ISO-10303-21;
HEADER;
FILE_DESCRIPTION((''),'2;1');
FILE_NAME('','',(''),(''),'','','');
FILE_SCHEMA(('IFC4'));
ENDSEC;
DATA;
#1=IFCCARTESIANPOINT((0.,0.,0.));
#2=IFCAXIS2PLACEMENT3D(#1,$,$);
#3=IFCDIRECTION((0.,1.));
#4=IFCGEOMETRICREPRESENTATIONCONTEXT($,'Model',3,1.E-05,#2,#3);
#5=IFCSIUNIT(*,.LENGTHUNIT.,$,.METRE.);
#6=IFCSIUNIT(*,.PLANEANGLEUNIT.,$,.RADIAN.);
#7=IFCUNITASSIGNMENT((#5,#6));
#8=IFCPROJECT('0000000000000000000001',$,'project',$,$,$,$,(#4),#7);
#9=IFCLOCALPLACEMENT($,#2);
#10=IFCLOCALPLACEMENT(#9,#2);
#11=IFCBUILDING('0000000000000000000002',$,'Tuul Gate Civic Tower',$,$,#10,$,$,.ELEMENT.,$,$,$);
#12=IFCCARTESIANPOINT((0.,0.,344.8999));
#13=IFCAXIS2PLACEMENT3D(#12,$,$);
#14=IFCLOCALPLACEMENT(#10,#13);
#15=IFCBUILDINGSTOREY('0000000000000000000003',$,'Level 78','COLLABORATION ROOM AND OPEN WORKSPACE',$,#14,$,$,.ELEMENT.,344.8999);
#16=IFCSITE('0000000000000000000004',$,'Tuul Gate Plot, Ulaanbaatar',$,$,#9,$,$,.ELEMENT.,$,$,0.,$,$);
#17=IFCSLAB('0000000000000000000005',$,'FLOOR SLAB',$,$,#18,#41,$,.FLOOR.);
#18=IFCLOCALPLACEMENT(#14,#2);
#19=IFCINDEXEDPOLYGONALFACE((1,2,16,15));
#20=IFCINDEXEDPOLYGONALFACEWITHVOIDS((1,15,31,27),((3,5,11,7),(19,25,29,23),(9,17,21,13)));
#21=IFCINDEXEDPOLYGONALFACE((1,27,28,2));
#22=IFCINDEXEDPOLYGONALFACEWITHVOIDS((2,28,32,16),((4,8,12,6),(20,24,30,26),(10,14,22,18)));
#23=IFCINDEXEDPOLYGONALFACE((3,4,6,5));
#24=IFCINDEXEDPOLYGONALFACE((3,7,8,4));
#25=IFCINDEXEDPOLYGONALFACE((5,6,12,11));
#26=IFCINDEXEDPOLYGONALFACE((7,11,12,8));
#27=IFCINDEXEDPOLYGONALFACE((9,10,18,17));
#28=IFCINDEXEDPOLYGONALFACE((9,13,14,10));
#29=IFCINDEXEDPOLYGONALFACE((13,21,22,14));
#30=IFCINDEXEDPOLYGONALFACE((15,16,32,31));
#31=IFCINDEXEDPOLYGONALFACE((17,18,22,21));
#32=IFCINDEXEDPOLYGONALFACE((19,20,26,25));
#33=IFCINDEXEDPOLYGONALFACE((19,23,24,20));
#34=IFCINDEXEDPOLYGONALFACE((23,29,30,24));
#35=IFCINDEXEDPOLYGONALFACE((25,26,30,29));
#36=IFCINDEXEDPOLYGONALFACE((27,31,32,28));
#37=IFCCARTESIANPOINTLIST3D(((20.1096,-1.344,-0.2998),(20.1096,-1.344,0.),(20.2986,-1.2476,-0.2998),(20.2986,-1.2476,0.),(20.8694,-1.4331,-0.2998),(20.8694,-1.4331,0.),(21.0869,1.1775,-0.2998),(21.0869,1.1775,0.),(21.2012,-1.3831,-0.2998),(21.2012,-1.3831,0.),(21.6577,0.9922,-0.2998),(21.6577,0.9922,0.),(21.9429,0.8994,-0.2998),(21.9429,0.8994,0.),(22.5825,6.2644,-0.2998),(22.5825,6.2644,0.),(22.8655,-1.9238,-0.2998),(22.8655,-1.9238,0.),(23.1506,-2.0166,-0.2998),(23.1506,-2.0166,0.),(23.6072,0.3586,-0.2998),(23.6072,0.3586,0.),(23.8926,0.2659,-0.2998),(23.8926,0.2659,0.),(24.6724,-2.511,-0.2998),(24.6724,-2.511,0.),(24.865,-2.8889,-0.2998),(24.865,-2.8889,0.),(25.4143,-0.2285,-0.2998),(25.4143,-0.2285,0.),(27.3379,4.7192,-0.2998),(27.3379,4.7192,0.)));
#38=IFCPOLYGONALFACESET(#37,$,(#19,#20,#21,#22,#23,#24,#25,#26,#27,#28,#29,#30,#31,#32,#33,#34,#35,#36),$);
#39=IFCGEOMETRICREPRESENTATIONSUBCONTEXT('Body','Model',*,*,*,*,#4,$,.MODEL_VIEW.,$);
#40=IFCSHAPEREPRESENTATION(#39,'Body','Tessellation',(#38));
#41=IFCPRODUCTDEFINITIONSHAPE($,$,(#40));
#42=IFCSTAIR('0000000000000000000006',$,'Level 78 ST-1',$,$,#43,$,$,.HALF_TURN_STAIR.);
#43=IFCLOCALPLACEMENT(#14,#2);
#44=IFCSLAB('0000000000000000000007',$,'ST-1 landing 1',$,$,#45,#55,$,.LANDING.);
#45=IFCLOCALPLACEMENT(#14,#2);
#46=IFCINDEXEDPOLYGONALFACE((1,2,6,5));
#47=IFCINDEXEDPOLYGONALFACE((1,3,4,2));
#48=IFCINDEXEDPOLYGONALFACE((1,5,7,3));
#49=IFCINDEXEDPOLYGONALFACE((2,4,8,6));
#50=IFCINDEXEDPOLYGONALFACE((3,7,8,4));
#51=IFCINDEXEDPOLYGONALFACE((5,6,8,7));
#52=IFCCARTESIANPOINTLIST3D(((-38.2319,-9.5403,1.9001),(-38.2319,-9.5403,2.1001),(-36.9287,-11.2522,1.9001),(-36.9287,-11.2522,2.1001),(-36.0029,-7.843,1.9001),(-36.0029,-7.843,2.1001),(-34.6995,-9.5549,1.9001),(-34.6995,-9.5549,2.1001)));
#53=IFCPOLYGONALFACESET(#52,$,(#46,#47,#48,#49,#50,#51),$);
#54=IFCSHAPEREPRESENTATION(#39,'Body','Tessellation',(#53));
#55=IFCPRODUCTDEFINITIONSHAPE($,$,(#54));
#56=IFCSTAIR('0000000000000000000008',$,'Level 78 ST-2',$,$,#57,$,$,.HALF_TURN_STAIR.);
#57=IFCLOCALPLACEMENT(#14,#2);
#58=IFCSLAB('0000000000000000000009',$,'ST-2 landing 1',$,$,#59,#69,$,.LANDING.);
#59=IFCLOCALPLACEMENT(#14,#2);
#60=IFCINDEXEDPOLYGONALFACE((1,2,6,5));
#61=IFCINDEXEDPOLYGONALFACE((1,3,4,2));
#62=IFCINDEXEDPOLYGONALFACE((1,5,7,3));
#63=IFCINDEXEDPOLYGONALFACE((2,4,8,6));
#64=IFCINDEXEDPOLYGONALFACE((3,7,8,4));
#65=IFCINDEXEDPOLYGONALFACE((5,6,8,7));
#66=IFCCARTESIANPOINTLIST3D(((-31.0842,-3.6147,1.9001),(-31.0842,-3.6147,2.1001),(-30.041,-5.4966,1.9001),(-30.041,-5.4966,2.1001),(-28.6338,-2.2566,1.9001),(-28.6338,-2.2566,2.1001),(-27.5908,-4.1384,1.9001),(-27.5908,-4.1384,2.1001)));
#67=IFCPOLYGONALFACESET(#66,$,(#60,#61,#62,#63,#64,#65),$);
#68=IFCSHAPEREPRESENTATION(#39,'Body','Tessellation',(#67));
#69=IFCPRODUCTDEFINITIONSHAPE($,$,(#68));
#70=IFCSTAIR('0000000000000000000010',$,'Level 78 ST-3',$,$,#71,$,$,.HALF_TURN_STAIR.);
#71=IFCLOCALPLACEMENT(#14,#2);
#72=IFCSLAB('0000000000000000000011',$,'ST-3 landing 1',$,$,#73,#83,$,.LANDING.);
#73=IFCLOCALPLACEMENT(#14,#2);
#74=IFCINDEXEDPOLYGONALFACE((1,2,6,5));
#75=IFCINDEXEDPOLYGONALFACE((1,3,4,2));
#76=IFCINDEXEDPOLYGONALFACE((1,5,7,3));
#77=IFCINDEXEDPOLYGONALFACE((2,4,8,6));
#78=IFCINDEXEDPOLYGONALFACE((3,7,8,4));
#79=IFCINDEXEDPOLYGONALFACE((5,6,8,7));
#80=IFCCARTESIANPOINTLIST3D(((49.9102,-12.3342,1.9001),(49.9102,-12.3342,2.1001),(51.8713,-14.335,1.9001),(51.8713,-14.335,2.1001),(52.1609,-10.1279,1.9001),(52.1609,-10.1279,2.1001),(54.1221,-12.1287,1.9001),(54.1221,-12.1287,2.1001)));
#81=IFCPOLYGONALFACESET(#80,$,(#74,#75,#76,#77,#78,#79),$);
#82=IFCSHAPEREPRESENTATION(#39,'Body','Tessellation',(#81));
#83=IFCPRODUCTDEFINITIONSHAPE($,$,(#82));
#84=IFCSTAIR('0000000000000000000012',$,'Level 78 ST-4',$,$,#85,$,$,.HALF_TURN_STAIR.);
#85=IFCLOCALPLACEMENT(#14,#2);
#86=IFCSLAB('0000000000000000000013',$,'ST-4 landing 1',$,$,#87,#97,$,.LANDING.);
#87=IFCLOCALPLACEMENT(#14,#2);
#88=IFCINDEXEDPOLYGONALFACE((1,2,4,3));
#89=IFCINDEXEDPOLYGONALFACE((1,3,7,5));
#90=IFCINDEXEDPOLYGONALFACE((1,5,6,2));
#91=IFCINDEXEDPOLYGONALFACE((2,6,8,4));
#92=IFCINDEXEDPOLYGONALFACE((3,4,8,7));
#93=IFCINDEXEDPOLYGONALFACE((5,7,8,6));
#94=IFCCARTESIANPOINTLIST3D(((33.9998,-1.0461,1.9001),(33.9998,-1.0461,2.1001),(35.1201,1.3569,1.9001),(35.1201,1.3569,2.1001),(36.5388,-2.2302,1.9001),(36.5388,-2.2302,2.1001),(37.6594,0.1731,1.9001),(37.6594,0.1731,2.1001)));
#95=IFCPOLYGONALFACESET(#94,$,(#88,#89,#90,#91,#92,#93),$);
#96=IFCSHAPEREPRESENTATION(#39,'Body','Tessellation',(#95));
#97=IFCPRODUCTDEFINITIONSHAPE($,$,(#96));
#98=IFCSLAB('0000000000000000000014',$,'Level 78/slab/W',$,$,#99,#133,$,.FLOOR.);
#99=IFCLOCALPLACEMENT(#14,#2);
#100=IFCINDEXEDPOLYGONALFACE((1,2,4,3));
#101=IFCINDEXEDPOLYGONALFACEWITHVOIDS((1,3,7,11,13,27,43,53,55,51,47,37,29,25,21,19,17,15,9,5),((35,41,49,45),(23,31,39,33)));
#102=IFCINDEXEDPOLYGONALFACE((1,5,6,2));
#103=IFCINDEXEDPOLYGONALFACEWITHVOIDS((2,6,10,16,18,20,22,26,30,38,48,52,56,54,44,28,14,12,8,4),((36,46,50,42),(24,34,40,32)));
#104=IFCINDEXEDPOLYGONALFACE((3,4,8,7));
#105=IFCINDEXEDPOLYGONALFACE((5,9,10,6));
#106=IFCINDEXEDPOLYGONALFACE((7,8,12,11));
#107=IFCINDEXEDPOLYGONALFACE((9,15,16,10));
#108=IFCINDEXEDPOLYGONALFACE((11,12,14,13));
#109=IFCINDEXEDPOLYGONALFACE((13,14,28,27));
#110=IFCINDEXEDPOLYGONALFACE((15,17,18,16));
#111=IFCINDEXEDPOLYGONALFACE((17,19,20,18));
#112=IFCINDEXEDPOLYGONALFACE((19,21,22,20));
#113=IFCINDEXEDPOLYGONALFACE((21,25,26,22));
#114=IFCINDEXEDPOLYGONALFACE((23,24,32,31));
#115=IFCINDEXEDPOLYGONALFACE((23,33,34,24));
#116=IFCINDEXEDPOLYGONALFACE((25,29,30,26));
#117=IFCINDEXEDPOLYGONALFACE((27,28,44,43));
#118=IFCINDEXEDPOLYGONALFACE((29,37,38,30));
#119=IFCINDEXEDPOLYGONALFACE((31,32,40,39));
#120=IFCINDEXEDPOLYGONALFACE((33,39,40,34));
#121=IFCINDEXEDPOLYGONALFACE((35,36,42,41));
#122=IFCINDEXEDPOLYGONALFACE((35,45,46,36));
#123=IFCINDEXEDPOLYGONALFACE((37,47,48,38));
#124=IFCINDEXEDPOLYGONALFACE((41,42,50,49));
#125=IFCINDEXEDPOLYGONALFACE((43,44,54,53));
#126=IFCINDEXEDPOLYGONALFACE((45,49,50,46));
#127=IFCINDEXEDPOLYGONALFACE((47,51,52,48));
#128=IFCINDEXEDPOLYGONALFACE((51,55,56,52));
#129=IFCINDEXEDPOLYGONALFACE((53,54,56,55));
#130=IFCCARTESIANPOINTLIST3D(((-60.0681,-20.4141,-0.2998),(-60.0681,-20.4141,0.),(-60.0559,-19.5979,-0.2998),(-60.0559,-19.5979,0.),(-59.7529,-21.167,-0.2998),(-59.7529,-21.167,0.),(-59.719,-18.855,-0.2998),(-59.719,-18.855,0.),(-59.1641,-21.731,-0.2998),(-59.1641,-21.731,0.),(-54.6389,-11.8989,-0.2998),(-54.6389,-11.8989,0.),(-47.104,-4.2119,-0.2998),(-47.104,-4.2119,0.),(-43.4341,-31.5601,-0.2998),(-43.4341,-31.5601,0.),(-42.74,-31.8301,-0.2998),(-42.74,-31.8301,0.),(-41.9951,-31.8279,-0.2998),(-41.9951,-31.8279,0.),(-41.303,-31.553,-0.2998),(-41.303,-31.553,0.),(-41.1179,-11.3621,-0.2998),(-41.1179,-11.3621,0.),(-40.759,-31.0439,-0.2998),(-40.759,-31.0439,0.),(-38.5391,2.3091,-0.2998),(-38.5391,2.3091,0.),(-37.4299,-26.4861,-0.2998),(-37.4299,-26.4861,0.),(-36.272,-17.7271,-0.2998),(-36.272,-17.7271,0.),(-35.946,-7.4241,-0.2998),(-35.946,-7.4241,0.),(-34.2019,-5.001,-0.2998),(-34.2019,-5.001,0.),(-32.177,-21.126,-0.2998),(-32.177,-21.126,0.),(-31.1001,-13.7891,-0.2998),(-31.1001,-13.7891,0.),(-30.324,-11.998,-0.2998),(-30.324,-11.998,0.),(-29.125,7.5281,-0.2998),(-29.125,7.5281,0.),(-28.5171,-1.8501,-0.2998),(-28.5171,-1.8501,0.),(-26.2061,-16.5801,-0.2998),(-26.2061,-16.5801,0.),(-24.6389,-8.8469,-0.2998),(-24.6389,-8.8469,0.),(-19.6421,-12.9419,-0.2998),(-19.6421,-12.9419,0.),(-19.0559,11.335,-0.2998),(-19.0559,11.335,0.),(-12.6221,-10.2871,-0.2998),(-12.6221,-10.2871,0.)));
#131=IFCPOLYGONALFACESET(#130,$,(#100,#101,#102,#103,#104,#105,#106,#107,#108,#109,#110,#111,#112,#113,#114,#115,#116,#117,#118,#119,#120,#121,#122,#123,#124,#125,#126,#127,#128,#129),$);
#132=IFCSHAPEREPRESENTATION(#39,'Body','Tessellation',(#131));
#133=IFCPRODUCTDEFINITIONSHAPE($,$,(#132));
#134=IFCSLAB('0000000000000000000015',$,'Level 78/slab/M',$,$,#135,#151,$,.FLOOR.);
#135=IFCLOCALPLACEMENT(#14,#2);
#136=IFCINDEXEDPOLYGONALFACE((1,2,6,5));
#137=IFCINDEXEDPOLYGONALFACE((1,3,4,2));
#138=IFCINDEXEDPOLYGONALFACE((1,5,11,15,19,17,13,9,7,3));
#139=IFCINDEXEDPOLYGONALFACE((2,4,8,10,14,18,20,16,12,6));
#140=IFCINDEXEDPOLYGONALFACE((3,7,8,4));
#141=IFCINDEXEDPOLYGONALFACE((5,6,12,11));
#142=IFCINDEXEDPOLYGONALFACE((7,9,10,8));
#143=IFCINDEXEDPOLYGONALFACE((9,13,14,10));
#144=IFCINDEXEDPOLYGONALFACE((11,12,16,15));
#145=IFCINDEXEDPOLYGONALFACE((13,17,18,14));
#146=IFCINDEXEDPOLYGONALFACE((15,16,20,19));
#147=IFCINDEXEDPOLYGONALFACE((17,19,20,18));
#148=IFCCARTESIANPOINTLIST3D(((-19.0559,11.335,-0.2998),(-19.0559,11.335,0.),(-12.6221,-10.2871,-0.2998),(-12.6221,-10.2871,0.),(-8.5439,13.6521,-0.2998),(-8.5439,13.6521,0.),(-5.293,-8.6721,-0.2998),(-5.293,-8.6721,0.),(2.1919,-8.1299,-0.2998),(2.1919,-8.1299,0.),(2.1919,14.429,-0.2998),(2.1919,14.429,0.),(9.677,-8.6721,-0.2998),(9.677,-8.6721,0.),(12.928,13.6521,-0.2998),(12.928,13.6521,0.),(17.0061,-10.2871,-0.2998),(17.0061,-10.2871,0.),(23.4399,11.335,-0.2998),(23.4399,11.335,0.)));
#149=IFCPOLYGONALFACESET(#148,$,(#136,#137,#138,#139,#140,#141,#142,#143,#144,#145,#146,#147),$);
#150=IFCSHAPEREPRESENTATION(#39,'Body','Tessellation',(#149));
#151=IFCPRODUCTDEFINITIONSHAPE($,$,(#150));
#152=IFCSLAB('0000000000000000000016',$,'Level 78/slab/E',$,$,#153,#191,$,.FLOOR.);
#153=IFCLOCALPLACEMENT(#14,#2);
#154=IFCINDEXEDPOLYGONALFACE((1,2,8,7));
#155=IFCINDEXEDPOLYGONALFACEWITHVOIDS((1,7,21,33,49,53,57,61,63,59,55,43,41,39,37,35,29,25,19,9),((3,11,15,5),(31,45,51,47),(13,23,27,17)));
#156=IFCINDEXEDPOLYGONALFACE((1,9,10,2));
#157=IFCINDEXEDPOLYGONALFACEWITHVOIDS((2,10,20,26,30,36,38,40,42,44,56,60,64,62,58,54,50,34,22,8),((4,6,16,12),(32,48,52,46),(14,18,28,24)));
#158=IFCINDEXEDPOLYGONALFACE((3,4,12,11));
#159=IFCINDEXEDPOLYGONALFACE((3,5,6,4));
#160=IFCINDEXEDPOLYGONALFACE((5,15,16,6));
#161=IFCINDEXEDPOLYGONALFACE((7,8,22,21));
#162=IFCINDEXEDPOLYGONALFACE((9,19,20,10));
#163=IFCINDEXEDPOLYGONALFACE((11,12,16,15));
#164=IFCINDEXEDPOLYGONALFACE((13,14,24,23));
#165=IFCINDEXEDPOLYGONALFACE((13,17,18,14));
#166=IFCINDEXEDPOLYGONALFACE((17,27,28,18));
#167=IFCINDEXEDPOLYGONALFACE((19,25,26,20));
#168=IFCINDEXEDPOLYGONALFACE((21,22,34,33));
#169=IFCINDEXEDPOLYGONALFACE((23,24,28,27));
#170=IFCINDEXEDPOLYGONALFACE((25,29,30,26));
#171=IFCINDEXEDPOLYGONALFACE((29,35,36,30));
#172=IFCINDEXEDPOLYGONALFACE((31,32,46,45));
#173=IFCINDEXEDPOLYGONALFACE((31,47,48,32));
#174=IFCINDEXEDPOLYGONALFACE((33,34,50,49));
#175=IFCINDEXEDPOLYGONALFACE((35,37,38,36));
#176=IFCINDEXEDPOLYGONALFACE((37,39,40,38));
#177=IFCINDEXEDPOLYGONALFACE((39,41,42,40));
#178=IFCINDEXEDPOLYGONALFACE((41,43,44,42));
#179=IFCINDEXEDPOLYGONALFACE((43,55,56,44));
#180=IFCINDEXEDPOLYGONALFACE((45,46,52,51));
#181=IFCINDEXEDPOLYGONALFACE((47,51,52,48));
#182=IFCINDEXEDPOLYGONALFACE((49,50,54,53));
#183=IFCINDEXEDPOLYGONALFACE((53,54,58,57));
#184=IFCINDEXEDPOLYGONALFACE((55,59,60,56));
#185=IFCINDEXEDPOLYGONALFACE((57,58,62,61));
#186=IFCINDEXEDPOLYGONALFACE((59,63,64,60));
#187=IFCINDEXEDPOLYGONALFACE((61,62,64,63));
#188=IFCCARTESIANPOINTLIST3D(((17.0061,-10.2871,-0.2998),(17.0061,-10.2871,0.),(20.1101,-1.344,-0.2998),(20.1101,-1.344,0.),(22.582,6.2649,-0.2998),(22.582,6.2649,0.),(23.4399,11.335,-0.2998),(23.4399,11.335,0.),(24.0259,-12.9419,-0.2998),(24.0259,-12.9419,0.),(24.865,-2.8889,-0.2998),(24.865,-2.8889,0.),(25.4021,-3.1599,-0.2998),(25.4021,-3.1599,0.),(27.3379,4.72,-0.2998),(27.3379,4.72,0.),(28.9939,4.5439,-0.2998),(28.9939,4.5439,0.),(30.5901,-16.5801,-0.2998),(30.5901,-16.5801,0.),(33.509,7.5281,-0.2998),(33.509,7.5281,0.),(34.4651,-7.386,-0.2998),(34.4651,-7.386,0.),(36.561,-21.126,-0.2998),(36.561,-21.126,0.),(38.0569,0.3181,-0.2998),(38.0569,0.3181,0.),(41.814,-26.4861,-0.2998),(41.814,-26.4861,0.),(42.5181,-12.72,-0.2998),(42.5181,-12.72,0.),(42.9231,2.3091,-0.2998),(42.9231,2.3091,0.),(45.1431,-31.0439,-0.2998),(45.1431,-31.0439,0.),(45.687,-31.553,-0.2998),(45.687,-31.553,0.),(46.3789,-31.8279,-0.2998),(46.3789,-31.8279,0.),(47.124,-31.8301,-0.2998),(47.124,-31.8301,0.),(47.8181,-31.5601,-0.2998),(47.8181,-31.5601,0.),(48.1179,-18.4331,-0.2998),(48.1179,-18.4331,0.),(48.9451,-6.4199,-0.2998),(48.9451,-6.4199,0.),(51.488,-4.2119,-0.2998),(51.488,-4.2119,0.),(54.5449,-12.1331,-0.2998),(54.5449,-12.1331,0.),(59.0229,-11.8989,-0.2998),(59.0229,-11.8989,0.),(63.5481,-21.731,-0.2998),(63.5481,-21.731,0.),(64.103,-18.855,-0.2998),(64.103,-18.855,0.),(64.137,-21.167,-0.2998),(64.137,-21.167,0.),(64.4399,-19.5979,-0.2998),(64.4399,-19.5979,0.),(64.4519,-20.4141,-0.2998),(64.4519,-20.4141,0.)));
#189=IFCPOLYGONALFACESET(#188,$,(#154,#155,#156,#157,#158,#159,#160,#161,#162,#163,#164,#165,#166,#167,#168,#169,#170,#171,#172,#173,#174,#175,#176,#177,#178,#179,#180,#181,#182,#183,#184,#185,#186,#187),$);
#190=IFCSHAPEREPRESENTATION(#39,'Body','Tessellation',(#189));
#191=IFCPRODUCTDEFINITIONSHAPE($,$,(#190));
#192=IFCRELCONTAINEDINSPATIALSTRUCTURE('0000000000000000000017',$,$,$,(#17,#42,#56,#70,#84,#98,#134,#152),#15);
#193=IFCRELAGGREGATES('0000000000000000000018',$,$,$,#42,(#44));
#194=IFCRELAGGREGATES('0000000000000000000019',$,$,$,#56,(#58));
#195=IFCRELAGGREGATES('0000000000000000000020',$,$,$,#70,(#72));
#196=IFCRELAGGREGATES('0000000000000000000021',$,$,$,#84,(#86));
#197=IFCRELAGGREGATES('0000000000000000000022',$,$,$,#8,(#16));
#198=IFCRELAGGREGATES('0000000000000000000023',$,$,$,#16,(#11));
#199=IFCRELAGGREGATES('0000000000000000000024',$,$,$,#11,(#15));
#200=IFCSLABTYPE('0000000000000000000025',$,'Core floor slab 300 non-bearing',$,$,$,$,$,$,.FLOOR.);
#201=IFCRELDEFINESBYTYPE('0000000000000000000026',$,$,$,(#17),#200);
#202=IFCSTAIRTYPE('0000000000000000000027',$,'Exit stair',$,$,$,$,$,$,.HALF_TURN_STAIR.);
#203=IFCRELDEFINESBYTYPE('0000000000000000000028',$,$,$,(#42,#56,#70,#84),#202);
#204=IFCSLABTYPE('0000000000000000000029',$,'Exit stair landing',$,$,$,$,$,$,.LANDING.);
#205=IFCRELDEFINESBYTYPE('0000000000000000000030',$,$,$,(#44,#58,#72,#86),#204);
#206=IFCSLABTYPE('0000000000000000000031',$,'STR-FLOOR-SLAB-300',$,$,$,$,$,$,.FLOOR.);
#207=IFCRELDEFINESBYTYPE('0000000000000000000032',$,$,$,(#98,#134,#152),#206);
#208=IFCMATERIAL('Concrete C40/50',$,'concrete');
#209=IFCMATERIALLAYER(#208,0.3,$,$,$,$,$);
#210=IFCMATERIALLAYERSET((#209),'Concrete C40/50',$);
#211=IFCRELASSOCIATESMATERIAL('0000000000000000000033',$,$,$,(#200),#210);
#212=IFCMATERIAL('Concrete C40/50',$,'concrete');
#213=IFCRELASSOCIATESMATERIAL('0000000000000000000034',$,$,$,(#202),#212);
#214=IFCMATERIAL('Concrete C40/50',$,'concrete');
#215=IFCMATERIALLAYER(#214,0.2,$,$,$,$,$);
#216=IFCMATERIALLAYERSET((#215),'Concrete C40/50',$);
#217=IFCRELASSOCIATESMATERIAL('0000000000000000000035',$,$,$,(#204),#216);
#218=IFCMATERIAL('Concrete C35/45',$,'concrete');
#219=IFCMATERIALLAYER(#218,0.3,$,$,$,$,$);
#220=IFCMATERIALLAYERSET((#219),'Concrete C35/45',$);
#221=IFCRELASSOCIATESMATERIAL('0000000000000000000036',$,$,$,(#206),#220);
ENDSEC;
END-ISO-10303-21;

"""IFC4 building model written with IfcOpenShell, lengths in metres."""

from ifc_helpers import new_model, si_unit, direction, frame, origin, place, context, subcontext, project, spatial, polyline, outline, extrude, material, layer, layer_set, type_object, element, aggregate, save


model = new_model("IFC4")

# Units and contexts
model_context = context("Model", 3, precision=1e-05, world=origin(), true_north=direction((0.0, 1.0)))
body_context = subcontext(model_context, "Body", "Model", "MODEL_VIEW")
ifc_project = project(units=[si_unit("LENGTHUNIT", "METRE"), si_unit("PLANEANGLEUNIT", "RADIAN")], contexts=[model_context])

# Site, building, storey
site_placement = place(None, origin())
site = spatial("IfcSite", under=ifc_project, at=site_placement, Name="Tuul Gate Plot, Ulaanbaatar", CompositionType="ELEMENT", RefElevation=0.0)
building_placement = place(site_placement, origin())
building = spatial("IfcBuilding", under=site, at=building_placement, Name="Tuul Gate Civic Tower", CompositionType="ELEMENT")
storey_placement = place(building_placement, frame((0.0, 0.0, 344.8999)))
storey = spatial("IfcBuildingStorey", under=building, at=storey_placement, Name="Level 78", Description="COLLABORATION ROOM AND OPEN WORKSPACE", CompositionType="ELEMENT", Elevation=344.8999)

# Slab
ifc_material_1 = material(Name="Concrete C40/50", Category="concrete")
ifc_layer_1 = layer(ifc_material_1, 0.3)
ifc_layer_set_1 = layer_set([ifc_layer_1], Name="Concrete C40/50")
slab_type_1 = type_object("IfcSlabType", Name="Core floor slab 300 non-bearing", PredefinedType="FLOOR", material=ifc_layer_set_1)
slab_1_placement = place(storey_placement, frame((0.0, 0.0, -0.2998)))
element("IfcSlab", 1, at=slab_1_placement, inside=storey, type_object=slab_type_1, Name="FLOOR SLAB", PredefinedType="FLOOR", context=body_context, shape_type="SweptSolid", body=[
    extrude(outline(polyline([(24.865, -2.8889), (27.3379, 4.7192), (22.5825, 6.2644), (20.1096, -1.344), (24.865, -2.8889)]), holes=[polyline([(24.6724, -2.511), (25.4143, -0.2285), (23.8926, 0.2659), (23.1506, -2.0166), (24.6724, -2.511)]), polyline([(22.8655, -1.9238), (23.6072, 0.3586), (21.9429, 0.8994), (21.2012, -1.3831), (22.8655, -1.9238)]), polyline([(20.8694, -1.4331), (21.6577, 0.9922), (21.0869, 1.1775), (20.2986, -1.2476), (20.8694, -1.4331)])]), origin(), (0.0, 0.0, 1.0), 0.2998),
])

# Stairs, slabs
ifc_material_2 = material(Name="Concrete C40/50", Category="concrete")
stair_type = type_object("IfcStairType", Name="Exit stair", PredefinedType="HALF_TURN_STAIR", material=ifc_material_2)
stair_1_placement = place(storey_placement, origin())
stair_1 = element("IfcStair", 2, at=stair_1_placement, inside=storey, type_object=stair_type, Name="Level 78 ST-1", PredefinedType="HALF_TURN_STAIR")
ifc_material_3 = material(Name="Concrete C40/50", Category="concrete")
ifc_layer_2 = layer(ifc_material_3, 0.2)
ifc_layer_set_2 = layer_set([ifc_layer_2], Name="Concrete C40/50")
slab_type_2 = type_object("IfcSlabType", Name="Exit stair landing", PredefinedType="LANDING", material=ifc_layer_set_2)
slab_2_placement = place(storey_placement, frame((0.0, 0.0, 1.9001)))
slab_2 = element("IfcSlab", 3, at=slab_2_placement, type_object=slab_type_2, Name="ST-1 landing 1", PredefinedType="LANDING", context=body_context, shape_type="SweptSolid", body=[
    extrude(outline(polyline([(-34.6995, -9.5549), (-36.9287, -11.2522), (-38.2319, -9.5403), (-36.0029, -7.843), (-34.6995, -9.5549)])), origin(), (0.0, 0.0, 1.0), 0.2),
])
aggregate(stair_1, [slab_2])
stair_2_placement = place(storey_placement, origin())
stair_2 = element("IfcStair", 4, at=stair_2_placement, inside=storey, type_object=stair_type, Name="Level 78 ST-2", PredefinedType="HALF_TURN_STAIR")
slab_3_placement = place(storey_placement, frame((0.0, 0.0, 1.9001)))
slab_3 = element("IfcSlab", 5, at=slab_3_placement, type_object=slab_type_2, Name="ST-2 landing 1", PredefinedType="LANDING", context=body_context, shape_type="SweptSolid", body=[
    extrude(outline(polyline([(-27.5908, -4.1384), (-30.041, -5.4966), (-31.0842, -3.6147), (-28.6338, -2.2566), (-27.5908, -4.1384)])), origin(), (0.0, 0.0, 1.0), 0.2),
])
aggregate(stair_2, [slab_3])
stair_3_placement = place(storey_placement, origin())
stair_3 = element("IfcStair", 6, at=stair_3_placement, inside=storey, type_object=stair_type, Name="Level 78 ST-3", PredefinedType="HALF_TURN_STAIR")
slab_4_placement = place(storey_placement, frame((0.0, 0.0, 1.9001)))
slab_4 = element("IfcSlab", 7, at=slab_4_placement, type_object=slab_type_2, Name="ST-3 landing 1", PredefinedType="LANDING", context=body_context, shape_type="SweptSolid", body=[
    extrude(outline(polyline([(51.8713, -14.335), (49.9102, -12.3342), (52.1609, -10.1279), (54.1221, -12.1287), (51.8713, -14.335)])), origin(), (0.0, 0.0, 1.0), 0.2),
])
aggregate(stair_3, [slab_4])
stair_4_placement = place(storey_placement, origin())
stair_4 = element("IfcStair", 8, at=stair_4_placement, inside=storey, type_object=stair_type, Name="Level 78 ST-4", PredefinedType="HALF_TURN_STAIR")
slab_5_placement = place(storey_placement, frame((0.0, 0.0, 1.9001)))
slab_5 = element("IfcSlab", 9, at=slab_5_placement, type_object=slab_type_2, Name="ST-4 landing 1", PredefinedType="LANDING", context=body_context, shape_type="SweptSolid", body=[
    extrude(outline(polyline([(36.5388, -2.2302), (33.9998, -1.0461), (35.1201, 1.3569), (37.6594, 0.1731), (36.5388, -2.2302)])), origin(), (0.0, 0.0, 1.0), 0.2),
])
aggregate(stair_4, [slab_5])

# Slabs
ifc_material_4 = material(Name="Concrete C35/45", Category="concrete")
ifc_layer_3 = layer(ifc_material_4, 0.3)
ifc_layer_set_3 = layer_set([ifc_layer_3], Name="Concrete C35/45")
slab_type_3 = type_object("IfcSlabType", Name="STR-FLOOR-SLAB-300", PredefinedType="FLOOR", material=ifc_layer_set_3)
slab_6_placement = place(storey_placement, frame((0.0, 0.0, -0.2998)))
element("IfcSlab", 10, at=slab_6_placement, inside=storey, type_object=slab_type_3, Name="Level 78/slab/W", PredefinedType="FLOOR", context=body_context, shape_type="SweptSolid", body=[
    extrude(outline(polyline([(-19.6421, -12.9419), (-12.6221, -10.2871), (-19.0559, 11.335), (-29.125, 7.5281), (-38.5391, 2.3091), (-47.104, -4.2119), (-54.6389, -11.8989), (-59.719, -18.855), (-60.0559, -19.5979), (-60.0681, -20.4141), (-59.7529, -21.167), (-59.1641, -21.731), (-43.4341, -31.5601), (-42.74, -31.8301), (-41.9951, -31.8279), (-41.303, -31.553), (-40.759, -31.0439), (-37.4299, -26.4861), (-32.177, -21.126), (-26.2061, -16.5801), (-19.6421, -12.9419)]), holes=[polyline([(-31.1001, -13.7891), (-36.272, -17.7271), (-41.1179, -11.3621), (-35.946, -7.4241), (-31.1001, -13.7891)]), polyline([(-24.6389, -8.8469), (-30.324, -11.998), (-34.2019, -5.001), (-28.5171, -1.8501), (-24.6389, -8.8469)])]), origin(), (0.0, 0.0, 1.0), 0.2998),
])
slab_7_placement = place(storey_placement, frame((0.0, 0.0, -0.2998)))
element("IfcSlab", 11, at=slab_7_placement, inside=storey, type_object=slab_type_3, Name="Level 78/slab/M", PredefinedType="FLOOR", context=body_context, shape_type="SweptSolid", body=[
    extrude(outline(polyline([(17.0061, -10.2871), (23.4399, 11.335), (12.928, 13.6521), (2.1919, 14.429), (-8.5439, 13.6521), (-19.0559, 11.335), (-12.6221, -10.2871), (-5.293, -8.6721), (2.1919, -8.1299), (9.677, -8.6721), (17.0061, -10.2871)])), origin(), (0.0, 0.0, 1.0), 0.2998),
])
slab_8_placement = place(storey_placement, frame((0.0, 0.0, -0.2998)))
element("IfcSlab", 12, at=slab_8_placement, inside=storey, type_object=slab_type_3, Name="Level 78/slab/E", PredefinedType="FLOOR", context=body_context, shape_type="SweptSolid", body=[
    extrude(outline(polyline([(47.124, -31.8301), (47.8181, -31.5601), (63.5481, -21.731), (64.137, -21.167), (64.4519, -20.4141), (64.4399, -19.5979), (64.103, -18.855), (59.0229, -11.8989), (51.488, -4.2119), (42.9231, 2.3091), (33.509, 7.5281), (23.4399, 11.335), (17.0061, -10.2871), (24.0259, -12.9419), (30.5901, -16.5801), (36.561, -21.126), (41.814, -26.4861), (45.1431, -31.0439), (45.687, -31.553), (46.3789, -31.8279), (47.124, -31.8301)]), holes=[polyline([(48.1179, -18.4331), (42.5181, -12.72), (48.9451, -6.4199), (54.5449, -12.1331), (48.1179, -18.4331)]), polyline([(25.4021, -3.1599), (28.9939, 4.5439), (38.0569, 0.3181), (34.4651, -7.386), (25.4021, -3.1599)]), polyline([(20.1101, -1.344), (22.582, 6.2649), (27.3379, 4.72), (24.865, -2.8889), (20.1101, -1.344)])]), origin(), (0.0, 0.0, 1.0), 0.2998),
])

save(model, "model.ifc")
